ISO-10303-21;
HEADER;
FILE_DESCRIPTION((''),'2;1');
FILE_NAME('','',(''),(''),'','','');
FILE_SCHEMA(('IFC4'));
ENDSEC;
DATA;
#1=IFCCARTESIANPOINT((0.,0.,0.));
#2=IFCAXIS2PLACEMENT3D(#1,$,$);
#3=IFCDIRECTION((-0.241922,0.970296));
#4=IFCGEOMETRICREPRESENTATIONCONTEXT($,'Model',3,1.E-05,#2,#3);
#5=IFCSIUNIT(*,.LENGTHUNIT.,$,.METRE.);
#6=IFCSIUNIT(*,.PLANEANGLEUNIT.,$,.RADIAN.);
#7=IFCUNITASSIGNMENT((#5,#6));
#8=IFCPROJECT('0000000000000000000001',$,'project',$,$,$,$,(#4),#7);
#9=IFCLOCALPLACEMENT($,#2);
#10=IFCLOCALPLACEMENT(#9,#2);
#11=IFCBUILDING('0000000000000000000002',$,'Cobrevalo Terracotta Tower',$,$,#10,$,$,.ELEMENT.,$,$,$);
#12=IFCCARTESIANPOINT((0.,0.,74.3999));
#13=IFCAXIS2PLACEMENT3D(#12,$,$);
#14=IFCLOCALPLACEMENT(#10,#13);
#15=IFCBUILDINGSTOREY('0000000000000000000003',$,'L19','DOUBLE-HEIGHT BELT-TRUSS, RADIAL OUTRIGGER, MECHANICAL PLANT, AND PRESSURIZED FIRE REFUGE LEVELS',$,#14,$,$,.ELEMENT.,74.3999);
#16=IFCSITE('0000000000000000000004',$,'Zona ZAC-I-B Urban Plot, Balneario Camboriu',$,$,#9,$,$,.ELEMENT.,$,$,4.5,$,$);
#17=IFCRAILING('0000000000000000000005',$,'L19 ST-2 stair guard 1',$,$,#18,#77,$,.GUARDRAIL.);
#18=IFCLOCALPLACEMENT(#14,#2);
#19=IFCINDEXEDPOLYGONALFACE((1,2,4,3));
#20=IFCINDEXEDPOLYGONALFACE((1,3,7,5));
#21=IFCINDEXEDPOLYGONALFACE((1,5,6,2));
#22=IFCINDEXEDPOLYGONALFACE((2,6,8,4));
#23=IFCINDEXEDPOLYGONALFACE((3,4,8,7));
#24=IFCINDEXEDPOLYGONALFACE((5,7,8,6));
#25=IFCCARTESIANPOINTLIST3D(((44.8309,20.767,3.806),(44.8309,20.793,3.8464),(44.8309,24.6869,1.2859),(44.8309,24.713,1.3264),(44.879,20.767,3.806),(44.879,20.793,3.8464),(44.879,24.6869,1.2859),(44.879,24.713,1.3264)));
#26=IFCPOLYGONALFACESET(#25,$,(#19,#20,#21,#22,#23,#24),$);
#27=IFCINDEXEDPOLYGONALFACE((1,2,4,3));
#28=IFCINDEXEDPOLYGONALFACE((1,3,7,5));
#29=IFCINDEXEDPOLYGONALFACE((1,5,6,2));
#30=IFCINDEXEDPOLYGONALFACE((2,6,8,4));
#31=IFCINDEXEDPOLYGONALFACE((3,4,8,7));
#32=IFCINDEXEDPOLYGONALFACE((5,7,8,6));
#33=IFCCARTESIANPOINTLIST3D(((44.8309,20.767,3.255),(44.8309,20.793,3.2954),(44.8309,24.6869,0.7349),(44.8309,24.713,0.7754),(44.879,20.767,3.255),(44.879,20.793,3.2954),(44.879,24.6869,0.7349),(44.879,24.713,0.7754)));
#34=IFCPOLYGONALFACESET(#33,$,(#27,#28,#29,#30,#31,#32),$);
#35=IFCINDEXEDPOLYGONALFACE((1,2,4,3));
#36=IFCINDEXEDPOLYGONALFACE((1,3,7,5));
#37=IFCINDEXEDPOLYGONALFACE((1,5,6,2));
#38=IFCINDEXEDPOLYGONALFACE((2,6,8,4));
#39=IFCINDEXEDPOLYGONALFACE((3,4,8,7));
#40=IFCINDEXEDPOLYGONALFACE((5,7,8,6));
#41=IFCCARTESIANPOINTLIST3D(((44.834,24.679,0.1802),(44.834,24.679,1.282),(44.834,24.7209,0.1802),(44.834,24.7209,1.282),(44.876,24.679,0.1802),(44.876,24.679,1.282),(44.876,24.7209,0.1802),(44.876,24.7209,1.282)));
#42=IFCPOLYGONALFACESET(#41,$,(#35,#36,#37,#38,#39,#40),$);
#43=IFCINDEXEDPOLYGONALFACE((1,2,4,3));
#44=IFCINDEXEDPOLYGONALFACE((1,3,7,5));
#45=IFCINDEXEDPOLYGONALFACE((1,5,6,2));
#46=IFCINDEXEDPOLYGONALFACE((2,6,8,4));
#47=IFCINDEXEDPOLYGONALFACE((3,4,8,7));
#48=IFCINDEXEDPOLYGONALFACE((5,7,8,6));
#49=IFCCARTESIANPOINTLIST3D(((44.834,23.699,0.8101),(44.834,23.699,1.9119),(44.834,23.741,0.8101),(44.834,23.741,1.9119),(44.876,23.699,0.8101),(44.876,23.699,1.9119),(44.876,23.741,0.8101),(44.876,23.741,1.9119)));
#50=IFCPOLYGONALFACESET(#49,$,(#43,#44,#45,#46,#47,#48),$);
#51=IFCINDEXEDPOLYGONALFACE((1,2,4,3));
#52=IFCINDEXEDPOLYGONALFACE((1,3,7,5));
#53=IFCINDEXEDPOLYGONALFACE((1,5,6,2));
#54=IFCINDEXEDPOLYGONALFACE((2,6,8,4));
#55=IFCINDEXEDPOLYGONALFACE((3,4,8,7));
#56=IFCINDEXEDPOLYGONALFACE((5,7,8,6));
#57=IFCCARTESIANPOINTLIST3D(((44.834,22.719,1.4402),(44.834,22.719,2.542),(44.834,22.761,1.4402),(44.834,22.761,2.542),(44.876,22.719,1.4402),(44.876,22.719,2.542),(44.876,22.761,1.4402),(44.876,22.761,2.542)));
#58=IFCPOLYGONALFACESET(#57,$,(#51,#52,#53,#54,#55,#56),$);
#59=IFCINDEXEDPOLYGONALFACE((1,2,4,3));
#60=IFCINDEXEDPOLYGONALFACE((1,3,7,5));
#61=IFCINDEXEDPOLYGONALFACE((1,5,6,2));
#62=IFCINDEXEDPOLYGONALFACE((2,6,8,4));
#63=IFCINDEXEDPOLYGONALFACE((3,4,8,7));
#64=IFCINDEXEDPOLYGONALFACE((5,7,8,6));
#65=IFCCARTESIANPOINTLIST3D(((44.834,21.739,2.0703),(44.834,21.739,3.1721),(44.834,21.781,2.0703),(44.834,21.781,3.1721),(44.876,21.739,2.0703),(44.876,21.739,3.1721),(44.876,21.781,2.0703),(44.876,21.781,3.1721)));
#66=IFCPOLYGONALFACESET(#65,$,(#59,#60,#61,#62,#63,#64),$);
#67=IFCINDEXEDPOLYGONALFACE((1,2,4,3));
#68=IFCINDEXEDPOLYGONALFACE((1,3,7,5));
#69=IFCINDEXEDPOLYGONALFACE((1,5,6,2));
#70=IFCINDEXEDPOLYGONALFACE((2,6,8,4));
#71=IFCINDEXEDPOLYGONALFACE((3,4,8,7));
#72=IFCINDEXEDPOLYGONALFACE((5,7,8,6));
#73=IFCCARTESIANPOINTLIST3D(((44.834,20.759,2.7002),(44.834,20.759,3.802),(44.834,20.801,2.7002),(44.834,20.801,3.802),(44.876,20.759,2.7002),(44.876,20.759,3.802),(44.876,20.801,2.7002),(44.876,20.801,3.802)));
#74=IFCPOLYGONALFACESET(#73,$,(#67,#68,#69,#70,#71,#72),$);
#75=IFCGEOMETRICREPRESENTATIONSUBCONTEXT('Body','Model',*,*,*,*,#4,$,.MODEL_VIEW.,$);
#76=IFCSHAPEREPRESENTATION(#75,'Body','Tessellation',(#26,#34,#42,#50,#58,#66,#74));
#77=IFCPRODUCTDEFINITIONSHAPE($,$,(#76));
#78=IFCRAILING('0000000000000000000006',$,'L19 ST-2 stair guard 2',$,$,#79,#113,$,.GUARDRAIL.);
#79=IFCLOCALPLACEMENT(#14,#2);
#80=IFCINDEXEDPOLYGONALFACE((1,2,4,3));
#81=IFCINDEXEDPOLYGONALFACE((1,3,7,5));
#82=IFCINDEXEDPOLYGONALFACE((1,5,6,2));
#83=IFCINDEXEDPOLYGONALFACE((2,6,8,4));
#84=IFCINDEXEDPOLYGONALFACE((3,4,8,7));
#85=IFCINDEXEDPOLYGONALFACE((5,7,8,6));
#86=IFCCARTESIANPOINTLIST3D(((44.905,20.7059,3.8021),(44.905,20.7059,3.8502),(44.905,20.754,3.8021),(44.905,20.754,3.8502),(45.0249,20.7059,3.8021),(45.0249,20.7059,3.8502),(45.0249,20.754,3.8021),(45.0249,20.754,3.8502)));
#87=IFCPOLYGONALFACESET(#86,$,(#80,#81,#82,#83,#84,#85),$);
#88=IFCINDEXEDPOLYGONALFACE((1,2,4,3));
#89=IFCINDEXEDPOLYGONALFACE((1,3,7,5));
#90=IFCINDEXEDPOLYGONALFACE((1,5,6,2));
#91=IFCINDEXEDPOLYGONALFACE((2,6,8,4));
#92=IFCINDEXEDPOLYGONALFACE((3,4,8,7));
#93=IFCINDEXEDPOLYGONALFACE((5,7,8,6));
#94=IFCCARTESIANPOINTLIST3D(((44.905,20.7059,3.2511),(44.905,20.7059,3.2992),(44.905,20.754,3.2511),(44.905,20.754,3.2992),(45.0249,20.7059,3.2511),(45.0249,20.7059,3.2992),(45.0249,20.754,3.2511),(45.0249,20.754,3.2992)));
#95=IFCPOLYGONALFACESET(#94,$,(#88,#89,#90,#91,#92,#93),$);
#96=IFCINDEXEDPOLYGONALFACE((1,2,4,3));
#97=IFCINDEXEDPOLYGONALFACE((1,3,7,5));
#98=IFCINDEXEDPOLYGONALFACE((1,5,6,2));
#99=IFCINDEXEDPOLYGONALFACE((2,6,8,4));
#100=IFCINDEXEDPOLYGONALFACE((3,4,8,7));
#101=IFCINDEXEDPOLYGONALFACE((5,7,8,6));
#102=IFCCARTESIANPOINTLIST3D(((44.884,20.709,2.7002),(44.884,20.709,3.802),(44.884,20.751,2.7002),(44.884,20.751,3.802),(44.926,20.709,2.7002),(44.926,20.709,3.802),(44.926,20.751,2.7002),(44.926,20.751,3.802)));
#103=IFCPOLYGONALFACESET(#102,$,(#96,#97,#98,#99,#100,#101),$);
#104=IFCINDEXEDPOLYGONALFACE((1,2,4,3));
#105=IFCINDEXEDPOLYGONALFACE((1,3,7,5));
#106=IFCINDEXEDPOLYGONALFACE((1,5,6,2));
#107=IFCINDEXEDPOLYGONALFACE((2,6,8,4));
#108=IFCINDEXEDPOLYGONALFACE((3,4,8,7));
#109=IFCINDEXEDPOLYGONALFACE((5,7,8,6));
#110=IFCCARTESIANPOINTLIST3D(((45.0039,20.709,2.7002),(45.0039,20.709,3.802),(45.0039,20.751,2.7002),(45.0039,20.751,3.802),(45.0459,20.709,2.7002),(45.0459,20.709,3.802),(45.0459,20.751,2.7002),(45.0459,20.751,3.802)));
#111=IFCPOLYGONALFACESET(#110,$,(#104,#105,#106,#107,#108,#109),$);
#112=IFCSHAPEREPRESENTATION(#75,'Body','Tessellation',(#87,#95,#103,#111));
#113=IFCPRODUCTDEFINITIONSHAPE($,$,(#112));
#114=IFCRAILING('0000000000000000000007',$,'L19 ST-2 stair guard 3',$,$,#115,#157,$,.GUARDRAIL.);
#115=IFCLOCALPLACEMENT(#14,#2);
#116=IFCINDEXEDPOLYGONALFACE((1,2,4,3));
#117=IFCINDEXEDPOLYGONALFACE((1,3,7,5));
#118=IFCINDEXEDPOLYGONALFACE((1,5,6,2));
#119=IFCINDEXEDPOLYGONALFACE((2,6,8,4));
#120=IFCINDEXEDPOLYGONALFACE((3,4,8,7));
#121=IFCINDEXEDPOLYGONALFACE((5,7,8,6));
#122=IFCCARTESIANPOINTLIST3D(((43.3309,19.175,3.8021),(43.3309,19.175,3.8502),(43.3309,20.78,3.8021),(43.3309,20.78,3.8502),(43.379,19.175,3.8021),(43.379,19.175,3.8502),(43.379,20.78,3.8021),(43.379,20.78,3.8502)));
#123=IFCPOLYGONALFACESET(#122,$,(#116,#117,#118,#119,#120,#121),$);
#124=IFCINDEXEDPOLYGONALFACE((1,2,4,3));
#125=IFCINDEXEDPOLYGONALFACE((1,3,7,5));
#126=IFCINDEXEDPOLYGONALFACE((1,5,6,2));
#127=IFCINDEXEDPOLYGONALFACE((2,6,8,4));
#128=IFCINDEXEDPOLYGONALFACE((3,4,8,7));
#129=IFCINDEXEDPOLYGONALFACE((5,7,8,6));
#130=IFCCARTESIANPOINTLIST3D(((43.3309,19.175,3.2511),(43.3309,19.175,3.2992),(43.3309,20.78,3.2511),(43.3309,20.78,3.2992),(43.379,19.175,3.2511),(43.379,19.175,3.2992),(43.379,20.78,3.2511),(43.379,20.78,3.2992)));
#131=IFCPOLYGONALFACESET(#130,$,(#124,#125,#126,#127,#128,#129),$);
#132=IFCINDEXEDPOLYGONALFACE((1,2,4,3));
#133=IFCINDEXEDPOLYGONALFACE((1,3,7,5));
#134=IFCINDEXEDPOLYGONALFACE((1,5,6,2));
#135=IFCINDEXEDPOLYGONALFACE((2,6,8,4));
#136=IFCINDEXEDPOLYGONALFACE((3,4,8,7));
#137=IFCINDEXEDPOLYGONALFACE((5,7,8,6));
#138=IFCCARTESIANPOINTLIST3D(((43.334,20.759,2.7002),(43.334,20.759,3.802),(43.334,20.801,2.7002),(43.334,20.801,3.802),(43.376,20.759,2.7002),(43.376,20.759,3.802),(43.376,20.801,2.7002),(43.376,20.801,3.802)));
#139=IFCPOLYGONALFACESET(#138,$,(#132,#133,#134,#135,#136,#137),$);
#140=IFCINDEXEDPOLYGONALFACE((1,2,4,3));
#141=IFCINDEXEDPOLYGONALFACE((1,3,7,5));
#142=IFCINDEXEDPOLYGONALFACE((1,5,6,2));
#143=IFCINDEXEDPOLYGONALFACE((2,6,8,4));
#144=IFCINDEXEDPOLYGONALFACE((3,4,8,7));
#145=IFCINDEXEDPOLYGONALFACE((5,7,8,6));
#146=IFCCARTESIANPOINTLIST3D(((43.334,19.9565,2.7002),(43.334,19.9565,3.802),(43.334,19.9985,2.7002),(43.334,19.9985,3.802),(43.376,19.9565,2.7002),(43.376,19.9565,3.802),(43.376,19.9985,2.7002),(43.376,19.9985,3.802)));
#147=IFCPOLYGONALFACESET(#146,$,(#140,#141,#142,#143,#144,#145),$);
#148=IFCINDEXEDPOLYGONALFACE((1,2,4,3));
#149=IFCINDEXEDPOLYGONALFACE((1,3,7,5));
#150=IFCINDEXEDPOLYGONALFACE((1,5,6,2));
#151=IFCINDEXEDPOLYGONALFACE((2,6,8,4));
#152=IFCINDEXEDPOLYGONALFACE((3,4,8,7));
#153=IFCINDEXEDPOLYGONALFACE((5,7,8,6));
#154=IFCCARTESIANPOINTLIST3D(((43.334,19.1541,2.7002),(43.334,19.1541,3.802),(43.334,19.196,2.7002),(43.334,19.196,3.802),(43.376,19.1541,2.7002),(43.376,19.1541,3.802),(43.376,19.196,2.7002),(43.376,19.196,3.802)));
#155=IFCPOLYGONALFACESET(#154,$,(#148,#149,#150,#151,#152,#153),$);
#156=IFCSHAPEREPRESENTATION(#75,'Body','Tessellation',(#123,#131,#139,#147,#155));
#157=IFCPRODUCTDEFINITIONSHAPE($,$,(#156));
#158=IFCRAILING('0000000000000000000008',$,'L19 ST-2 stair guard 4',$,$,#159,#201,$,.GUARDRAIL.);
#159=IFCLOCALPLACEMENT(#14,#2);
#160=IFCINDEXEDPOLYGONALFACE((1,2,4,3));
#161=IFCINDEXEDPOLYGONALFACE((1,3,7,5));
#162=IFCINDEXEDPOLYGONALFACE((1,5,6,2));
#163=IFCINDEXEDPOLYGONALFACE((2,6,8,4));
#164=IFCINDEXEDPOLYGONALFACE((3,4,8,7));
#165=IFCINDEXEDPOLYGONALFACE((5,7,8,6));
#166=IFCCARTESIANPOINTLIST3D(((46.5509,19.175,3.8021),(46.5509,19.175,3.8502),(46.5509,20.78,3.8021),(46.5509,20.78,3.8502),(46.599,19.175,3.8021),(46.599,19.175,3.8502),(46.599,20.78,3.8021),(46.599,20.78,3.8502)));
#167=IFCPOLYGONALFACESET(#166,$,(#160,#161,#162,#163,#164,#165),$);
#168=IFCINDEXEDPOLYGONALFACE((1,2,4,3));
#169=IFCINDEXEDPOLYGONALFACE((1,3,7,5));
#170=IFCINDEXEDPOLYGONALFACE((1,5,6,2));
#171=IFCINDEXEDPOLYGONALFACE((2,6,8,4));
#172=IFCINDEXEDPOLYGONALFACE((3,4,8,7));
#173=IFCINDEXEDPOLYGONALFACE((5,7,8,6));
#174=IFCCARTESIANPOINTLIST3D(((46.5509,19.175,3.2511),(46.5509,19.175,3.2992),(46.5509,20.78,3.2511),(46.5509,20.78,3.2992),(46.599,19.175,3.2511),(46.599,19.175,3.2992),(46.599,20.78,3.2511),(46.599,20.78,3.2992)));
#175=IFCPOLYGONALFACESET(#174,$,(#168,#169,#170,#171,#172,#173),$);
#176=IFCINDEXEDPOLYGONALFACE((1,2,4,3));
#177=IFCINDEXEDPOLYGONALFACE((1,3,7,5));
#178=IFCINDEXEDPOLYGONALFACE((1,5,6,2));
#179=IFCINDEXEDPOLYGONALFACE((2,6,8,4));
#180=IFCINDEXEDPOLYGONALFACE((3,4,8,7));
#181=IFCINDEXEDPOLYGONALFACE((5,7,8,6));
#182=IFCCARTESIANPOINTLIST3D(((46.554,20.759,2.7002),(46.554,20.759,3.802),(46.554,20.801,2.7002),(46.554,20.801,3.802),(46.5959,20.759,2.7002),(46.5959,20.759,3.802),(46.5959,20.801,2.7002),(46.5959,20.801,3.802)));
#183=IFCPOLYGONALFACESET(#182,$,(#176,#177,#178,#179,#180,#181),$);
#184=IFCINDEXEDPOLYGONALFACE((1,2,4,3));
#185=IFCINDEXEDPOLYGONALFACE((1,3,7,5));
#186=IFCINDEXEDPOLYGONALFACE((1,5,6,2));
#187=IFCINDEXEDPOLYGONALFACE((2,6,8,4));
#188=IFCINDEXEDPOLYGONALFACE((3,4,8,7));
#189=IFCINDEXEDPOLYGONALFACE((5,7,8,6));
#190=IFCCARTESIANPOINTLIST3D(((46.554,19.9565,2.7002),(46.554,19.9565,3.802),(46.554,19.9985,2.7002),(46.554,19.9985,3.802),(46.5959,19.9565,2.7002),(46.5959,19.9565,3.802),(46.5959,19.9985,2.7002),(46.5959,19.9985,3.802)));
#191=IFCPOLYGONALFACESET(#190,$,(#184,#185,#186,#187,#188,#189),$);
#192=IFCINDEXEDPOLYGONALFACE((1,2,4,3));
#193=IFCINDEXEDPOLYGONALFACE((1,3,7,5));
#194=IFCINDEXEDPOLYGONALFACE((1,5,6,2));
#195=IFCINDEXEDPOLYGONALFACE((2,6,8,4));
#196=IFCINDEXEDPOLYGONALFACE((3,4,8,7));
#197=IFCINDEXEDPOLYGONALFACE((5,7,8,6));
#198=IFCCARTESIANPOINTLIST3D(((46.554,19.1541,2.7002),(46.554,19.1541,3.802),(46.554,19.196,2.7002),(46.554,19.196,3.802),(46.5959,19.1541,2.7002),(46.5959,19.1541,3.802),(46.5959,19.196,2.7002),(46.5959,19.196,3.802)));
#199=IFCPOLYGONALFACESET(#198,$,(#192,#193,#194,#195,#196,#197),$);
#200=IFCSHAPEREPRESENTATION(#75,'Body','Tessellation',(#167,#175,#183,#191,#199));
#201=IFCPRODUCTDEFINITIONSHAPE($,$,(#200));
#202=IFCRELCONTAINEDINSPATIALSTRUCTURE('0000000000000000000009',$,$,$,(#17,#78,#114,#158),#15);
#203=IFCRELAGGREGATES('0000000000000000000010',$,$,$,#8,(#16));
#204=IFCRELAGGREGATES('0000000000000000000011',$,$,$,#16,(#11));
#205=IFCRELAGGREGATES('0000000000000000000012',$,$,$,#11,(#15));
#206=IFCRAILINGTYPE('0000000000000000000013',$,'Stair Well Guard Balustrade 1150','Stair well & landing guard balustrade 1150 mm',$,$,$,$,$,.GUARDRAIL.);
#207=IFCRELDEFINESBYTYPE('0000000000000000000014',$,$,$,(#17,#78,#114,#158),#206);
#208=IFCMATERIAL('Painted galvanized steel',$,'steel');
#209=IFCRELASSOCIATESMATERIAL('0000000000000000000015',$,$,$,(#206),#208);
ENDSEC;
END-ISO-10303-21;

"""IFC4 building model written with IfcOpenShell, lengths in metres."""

from ifc_helpers import new_model, si_unit, direction, frame, origin, origin_2d, place, context, subcontext, project, spatial, rectangle, extrude, material, type_object, element, save


model = new_model("IFC4")

# Units and contexts
model_context = context("Model", 3, precision=1e-05, world=origin(), true_north=direction((-0.241922, 0.970296)))
body_context = subcontext(model_context, "Body", "Model", "MODEL_VIEW")
ifc_project = project(units=[si_unit("LENGTHUNIT", "METRE"), si_unit("PLANEANGLEUNIT", "RADIAN")], contexts=[model_context])

# Site, building, storey
site_placement = place(None, origin())
site = spatial("IfcSite", under=ifc_project, at=site_placement, Name="Zona ZAC-I-B Urban Plot, Balneario Camboriu", CompositionType="ELEMENT", RefElevation=4.5)
building_placement = place(site_placement, origin())
building = spatial("IfcBuilding", under=site, at=building_placement, Name="Cobrevalo Terracotta Tower", CompositionType="ELEMENT")
storey_placement = place(building_placement, frame((0.0, 0.0, 74.3999)))
storey = spatial("IfcBuildingStorey", under=building, at=storey_placement, Name="L19", Description="DOUBLE-HEIGHT BELT-TRUSS, RADIAL OUTRIGGER, MECHANICAL PLANT, AND PRESSURIZED FIRE REFUGE LEVELS", CompositionType="ELEMENT", Elevation=74.3999)

# Railings
ifc_material_1 = material(Name="Painted galvanized steel", Category="steel")
railing_type_1 = type_object("IfcRailingType", Name="Stair Well Guard Balustrade 1150", Description="Stair well & landing guard balustrade 1150 mm", PredefinedType="GUARDRAIL", material=ifc_material_1)
railing_1_placement = place(storey_placement, frame((44.855, 24.7, 0.1802)))
element("IfcRailing", 1, at=railing_1_placement, inside=storey, type_object=railing_type_1, Name="L19 ST-2 stair guard 1", PredefinedType="GUARDRAIL", context=body_context, shape_type="SweptSolid", body=[
    extrude(rectangle(XDim=0.0481, YDim=0.0481, at=origin_2d()), frame((0.0, 0.0, 1.126), z_axis=(0.0, -0.841172, 0.540768), x_axis=(1.0, 0.0, 0.0)), (0.0, 0.0, 1.0), 4.6602),
    extrude(rectangle(XDim=0.0481, YDim=0.0481, at=origin_2d()), frame((0.0, 0.0, 0.575), z_axis=(0.0, -0.841172, 0.540768), x_axis=(1.0, 0.0, 0.0)), (0.0, 0.0, 1.0), 4.6602),
    extrude(rectangle(XDim=0.042, YDim=0.042, at=origin_2d()), origin(), (0.0, 0.0, 1.0), 1.1018),
    extrude(rectangle(XDim=0.042, YDim=0.042, at=origin_2d()), frame((0.0, -0.98, 0.6299)), (0.0, 0.0, 1.0), 1.1018),
    extrude(rectangle(XDim=0.042, YDim=0.042, at=origin_2d()), frame((0.0, -1.96, 1.26)), (0.0, 0.0, 1.0), 1.1018),
    extrude(rectangle(XDim=0.042, YDim=0.042, at=origin_2d()), frame((0.0, -2.9399, 1.8901)), (0.0, 0.0, 1.0), 1.1018),
    extrude(rectangle(XDim=0.042, YDim=0.042, at=origin_2d()), frame((0.0, -3.9199, 2.52)), (0.0, 0.0, 1.0), 1.1018),
])
railing_2_placement = place(storey_placement, frame((44.905, 20.73, 2.7002)))
element("IfcRailing", 2, at=railing_2_placement, inside=storey, type_object=railing_type_1, Name="L19 ST-2 stair guard 2", PredefinedType="GUARDRAIL", context=body_context, shape_type="SweptSolid", body=[
    extrude(rectangle(XDim=0.0481, YDim=0.0481, at=origin_2d()), frame((0.0, 0.0, 1.126), z_axis=(1.0, 0.0, 0.0), x_axis=(0.0, 1.0, 0.0)), (0.0, 0.0, 1.0), 0.1199),
    extrude(rectangle(XDim=0.0481, YDim=0.0481, at=origin_2d()), frame((0.0, 0.0, 0.575), z_axis=(1.0, 0.0, 0.0), x_axis=(0.0, 1.0, 0.0)), (0.0, 0.0, 1.0), 0.1199),
    extrude(rectangle(XDim=0.042, YDim=0.042, at=origin_2d()), origin(), (0.0, 0.0, 1.0), 1.1018),
    extrude(rectangle(XDim=0.042, YDim=0.042, at=origin_2d()), frame((0.1199, 0.0, 0.0)), (0.0, 0.0, 1.0), 1.1018),
])
for number, where, name in (
    (3, (43.355, 20.78, 2.7002), "L19 ST-2 stair guard 3"),
    (4, (46.575, 20.78, 2.7002), "L19 ST-2 stair guard 4"),
):
    element("IfcRailing", number, at=place(storey_placement, frame(where)), inside=storey, type_object=railing_type_1, Name=name, PredefinedType="GUARDRAIL", context=body_context, shape_type="SweptSolid", body=[
        extrude(rectangle(XDim=0.0481, YDim=0.0481, at=origin_2d()), frame((0.0, 0.0, 1.126), z_axis=(0.0, -1.0, 0.0), x_axis=(1.0, 0.0, 0.0)), (0.0, 0.0, 1.0), 1.605),
        extrude(rectangle(XDim=0.0481, YDim=0.0481, at=origin_2d()), frame((0.0, 0.0, 0.575), z_axis=(0.0, -1.0, 0.0), x_axis=(1.0, 0.0, 0.0)), (0.0, 0.0, 1.0), 1.605),
        extrude(rectangle(XDim=0.042, YDim=0.042, at=origin_2d()), origin(), (0.0, 0.0, 1.0), 1.1018),
        extrude(rectangle(XDim=0.042, YDim=0.042, at=origin_2d()), frame((0.0, -0.8025, 0.0)), (0.0, 0.0, 1.0), 1.1018),
        extrude(rectangle(XDim=0.042, YDim=0.042, at=origin_2d()), frame((0.0, -1.605, 0.0)), (0.0, 0.0, 1.0), 1.1018),
    ])

save(model, "model.ifc")
